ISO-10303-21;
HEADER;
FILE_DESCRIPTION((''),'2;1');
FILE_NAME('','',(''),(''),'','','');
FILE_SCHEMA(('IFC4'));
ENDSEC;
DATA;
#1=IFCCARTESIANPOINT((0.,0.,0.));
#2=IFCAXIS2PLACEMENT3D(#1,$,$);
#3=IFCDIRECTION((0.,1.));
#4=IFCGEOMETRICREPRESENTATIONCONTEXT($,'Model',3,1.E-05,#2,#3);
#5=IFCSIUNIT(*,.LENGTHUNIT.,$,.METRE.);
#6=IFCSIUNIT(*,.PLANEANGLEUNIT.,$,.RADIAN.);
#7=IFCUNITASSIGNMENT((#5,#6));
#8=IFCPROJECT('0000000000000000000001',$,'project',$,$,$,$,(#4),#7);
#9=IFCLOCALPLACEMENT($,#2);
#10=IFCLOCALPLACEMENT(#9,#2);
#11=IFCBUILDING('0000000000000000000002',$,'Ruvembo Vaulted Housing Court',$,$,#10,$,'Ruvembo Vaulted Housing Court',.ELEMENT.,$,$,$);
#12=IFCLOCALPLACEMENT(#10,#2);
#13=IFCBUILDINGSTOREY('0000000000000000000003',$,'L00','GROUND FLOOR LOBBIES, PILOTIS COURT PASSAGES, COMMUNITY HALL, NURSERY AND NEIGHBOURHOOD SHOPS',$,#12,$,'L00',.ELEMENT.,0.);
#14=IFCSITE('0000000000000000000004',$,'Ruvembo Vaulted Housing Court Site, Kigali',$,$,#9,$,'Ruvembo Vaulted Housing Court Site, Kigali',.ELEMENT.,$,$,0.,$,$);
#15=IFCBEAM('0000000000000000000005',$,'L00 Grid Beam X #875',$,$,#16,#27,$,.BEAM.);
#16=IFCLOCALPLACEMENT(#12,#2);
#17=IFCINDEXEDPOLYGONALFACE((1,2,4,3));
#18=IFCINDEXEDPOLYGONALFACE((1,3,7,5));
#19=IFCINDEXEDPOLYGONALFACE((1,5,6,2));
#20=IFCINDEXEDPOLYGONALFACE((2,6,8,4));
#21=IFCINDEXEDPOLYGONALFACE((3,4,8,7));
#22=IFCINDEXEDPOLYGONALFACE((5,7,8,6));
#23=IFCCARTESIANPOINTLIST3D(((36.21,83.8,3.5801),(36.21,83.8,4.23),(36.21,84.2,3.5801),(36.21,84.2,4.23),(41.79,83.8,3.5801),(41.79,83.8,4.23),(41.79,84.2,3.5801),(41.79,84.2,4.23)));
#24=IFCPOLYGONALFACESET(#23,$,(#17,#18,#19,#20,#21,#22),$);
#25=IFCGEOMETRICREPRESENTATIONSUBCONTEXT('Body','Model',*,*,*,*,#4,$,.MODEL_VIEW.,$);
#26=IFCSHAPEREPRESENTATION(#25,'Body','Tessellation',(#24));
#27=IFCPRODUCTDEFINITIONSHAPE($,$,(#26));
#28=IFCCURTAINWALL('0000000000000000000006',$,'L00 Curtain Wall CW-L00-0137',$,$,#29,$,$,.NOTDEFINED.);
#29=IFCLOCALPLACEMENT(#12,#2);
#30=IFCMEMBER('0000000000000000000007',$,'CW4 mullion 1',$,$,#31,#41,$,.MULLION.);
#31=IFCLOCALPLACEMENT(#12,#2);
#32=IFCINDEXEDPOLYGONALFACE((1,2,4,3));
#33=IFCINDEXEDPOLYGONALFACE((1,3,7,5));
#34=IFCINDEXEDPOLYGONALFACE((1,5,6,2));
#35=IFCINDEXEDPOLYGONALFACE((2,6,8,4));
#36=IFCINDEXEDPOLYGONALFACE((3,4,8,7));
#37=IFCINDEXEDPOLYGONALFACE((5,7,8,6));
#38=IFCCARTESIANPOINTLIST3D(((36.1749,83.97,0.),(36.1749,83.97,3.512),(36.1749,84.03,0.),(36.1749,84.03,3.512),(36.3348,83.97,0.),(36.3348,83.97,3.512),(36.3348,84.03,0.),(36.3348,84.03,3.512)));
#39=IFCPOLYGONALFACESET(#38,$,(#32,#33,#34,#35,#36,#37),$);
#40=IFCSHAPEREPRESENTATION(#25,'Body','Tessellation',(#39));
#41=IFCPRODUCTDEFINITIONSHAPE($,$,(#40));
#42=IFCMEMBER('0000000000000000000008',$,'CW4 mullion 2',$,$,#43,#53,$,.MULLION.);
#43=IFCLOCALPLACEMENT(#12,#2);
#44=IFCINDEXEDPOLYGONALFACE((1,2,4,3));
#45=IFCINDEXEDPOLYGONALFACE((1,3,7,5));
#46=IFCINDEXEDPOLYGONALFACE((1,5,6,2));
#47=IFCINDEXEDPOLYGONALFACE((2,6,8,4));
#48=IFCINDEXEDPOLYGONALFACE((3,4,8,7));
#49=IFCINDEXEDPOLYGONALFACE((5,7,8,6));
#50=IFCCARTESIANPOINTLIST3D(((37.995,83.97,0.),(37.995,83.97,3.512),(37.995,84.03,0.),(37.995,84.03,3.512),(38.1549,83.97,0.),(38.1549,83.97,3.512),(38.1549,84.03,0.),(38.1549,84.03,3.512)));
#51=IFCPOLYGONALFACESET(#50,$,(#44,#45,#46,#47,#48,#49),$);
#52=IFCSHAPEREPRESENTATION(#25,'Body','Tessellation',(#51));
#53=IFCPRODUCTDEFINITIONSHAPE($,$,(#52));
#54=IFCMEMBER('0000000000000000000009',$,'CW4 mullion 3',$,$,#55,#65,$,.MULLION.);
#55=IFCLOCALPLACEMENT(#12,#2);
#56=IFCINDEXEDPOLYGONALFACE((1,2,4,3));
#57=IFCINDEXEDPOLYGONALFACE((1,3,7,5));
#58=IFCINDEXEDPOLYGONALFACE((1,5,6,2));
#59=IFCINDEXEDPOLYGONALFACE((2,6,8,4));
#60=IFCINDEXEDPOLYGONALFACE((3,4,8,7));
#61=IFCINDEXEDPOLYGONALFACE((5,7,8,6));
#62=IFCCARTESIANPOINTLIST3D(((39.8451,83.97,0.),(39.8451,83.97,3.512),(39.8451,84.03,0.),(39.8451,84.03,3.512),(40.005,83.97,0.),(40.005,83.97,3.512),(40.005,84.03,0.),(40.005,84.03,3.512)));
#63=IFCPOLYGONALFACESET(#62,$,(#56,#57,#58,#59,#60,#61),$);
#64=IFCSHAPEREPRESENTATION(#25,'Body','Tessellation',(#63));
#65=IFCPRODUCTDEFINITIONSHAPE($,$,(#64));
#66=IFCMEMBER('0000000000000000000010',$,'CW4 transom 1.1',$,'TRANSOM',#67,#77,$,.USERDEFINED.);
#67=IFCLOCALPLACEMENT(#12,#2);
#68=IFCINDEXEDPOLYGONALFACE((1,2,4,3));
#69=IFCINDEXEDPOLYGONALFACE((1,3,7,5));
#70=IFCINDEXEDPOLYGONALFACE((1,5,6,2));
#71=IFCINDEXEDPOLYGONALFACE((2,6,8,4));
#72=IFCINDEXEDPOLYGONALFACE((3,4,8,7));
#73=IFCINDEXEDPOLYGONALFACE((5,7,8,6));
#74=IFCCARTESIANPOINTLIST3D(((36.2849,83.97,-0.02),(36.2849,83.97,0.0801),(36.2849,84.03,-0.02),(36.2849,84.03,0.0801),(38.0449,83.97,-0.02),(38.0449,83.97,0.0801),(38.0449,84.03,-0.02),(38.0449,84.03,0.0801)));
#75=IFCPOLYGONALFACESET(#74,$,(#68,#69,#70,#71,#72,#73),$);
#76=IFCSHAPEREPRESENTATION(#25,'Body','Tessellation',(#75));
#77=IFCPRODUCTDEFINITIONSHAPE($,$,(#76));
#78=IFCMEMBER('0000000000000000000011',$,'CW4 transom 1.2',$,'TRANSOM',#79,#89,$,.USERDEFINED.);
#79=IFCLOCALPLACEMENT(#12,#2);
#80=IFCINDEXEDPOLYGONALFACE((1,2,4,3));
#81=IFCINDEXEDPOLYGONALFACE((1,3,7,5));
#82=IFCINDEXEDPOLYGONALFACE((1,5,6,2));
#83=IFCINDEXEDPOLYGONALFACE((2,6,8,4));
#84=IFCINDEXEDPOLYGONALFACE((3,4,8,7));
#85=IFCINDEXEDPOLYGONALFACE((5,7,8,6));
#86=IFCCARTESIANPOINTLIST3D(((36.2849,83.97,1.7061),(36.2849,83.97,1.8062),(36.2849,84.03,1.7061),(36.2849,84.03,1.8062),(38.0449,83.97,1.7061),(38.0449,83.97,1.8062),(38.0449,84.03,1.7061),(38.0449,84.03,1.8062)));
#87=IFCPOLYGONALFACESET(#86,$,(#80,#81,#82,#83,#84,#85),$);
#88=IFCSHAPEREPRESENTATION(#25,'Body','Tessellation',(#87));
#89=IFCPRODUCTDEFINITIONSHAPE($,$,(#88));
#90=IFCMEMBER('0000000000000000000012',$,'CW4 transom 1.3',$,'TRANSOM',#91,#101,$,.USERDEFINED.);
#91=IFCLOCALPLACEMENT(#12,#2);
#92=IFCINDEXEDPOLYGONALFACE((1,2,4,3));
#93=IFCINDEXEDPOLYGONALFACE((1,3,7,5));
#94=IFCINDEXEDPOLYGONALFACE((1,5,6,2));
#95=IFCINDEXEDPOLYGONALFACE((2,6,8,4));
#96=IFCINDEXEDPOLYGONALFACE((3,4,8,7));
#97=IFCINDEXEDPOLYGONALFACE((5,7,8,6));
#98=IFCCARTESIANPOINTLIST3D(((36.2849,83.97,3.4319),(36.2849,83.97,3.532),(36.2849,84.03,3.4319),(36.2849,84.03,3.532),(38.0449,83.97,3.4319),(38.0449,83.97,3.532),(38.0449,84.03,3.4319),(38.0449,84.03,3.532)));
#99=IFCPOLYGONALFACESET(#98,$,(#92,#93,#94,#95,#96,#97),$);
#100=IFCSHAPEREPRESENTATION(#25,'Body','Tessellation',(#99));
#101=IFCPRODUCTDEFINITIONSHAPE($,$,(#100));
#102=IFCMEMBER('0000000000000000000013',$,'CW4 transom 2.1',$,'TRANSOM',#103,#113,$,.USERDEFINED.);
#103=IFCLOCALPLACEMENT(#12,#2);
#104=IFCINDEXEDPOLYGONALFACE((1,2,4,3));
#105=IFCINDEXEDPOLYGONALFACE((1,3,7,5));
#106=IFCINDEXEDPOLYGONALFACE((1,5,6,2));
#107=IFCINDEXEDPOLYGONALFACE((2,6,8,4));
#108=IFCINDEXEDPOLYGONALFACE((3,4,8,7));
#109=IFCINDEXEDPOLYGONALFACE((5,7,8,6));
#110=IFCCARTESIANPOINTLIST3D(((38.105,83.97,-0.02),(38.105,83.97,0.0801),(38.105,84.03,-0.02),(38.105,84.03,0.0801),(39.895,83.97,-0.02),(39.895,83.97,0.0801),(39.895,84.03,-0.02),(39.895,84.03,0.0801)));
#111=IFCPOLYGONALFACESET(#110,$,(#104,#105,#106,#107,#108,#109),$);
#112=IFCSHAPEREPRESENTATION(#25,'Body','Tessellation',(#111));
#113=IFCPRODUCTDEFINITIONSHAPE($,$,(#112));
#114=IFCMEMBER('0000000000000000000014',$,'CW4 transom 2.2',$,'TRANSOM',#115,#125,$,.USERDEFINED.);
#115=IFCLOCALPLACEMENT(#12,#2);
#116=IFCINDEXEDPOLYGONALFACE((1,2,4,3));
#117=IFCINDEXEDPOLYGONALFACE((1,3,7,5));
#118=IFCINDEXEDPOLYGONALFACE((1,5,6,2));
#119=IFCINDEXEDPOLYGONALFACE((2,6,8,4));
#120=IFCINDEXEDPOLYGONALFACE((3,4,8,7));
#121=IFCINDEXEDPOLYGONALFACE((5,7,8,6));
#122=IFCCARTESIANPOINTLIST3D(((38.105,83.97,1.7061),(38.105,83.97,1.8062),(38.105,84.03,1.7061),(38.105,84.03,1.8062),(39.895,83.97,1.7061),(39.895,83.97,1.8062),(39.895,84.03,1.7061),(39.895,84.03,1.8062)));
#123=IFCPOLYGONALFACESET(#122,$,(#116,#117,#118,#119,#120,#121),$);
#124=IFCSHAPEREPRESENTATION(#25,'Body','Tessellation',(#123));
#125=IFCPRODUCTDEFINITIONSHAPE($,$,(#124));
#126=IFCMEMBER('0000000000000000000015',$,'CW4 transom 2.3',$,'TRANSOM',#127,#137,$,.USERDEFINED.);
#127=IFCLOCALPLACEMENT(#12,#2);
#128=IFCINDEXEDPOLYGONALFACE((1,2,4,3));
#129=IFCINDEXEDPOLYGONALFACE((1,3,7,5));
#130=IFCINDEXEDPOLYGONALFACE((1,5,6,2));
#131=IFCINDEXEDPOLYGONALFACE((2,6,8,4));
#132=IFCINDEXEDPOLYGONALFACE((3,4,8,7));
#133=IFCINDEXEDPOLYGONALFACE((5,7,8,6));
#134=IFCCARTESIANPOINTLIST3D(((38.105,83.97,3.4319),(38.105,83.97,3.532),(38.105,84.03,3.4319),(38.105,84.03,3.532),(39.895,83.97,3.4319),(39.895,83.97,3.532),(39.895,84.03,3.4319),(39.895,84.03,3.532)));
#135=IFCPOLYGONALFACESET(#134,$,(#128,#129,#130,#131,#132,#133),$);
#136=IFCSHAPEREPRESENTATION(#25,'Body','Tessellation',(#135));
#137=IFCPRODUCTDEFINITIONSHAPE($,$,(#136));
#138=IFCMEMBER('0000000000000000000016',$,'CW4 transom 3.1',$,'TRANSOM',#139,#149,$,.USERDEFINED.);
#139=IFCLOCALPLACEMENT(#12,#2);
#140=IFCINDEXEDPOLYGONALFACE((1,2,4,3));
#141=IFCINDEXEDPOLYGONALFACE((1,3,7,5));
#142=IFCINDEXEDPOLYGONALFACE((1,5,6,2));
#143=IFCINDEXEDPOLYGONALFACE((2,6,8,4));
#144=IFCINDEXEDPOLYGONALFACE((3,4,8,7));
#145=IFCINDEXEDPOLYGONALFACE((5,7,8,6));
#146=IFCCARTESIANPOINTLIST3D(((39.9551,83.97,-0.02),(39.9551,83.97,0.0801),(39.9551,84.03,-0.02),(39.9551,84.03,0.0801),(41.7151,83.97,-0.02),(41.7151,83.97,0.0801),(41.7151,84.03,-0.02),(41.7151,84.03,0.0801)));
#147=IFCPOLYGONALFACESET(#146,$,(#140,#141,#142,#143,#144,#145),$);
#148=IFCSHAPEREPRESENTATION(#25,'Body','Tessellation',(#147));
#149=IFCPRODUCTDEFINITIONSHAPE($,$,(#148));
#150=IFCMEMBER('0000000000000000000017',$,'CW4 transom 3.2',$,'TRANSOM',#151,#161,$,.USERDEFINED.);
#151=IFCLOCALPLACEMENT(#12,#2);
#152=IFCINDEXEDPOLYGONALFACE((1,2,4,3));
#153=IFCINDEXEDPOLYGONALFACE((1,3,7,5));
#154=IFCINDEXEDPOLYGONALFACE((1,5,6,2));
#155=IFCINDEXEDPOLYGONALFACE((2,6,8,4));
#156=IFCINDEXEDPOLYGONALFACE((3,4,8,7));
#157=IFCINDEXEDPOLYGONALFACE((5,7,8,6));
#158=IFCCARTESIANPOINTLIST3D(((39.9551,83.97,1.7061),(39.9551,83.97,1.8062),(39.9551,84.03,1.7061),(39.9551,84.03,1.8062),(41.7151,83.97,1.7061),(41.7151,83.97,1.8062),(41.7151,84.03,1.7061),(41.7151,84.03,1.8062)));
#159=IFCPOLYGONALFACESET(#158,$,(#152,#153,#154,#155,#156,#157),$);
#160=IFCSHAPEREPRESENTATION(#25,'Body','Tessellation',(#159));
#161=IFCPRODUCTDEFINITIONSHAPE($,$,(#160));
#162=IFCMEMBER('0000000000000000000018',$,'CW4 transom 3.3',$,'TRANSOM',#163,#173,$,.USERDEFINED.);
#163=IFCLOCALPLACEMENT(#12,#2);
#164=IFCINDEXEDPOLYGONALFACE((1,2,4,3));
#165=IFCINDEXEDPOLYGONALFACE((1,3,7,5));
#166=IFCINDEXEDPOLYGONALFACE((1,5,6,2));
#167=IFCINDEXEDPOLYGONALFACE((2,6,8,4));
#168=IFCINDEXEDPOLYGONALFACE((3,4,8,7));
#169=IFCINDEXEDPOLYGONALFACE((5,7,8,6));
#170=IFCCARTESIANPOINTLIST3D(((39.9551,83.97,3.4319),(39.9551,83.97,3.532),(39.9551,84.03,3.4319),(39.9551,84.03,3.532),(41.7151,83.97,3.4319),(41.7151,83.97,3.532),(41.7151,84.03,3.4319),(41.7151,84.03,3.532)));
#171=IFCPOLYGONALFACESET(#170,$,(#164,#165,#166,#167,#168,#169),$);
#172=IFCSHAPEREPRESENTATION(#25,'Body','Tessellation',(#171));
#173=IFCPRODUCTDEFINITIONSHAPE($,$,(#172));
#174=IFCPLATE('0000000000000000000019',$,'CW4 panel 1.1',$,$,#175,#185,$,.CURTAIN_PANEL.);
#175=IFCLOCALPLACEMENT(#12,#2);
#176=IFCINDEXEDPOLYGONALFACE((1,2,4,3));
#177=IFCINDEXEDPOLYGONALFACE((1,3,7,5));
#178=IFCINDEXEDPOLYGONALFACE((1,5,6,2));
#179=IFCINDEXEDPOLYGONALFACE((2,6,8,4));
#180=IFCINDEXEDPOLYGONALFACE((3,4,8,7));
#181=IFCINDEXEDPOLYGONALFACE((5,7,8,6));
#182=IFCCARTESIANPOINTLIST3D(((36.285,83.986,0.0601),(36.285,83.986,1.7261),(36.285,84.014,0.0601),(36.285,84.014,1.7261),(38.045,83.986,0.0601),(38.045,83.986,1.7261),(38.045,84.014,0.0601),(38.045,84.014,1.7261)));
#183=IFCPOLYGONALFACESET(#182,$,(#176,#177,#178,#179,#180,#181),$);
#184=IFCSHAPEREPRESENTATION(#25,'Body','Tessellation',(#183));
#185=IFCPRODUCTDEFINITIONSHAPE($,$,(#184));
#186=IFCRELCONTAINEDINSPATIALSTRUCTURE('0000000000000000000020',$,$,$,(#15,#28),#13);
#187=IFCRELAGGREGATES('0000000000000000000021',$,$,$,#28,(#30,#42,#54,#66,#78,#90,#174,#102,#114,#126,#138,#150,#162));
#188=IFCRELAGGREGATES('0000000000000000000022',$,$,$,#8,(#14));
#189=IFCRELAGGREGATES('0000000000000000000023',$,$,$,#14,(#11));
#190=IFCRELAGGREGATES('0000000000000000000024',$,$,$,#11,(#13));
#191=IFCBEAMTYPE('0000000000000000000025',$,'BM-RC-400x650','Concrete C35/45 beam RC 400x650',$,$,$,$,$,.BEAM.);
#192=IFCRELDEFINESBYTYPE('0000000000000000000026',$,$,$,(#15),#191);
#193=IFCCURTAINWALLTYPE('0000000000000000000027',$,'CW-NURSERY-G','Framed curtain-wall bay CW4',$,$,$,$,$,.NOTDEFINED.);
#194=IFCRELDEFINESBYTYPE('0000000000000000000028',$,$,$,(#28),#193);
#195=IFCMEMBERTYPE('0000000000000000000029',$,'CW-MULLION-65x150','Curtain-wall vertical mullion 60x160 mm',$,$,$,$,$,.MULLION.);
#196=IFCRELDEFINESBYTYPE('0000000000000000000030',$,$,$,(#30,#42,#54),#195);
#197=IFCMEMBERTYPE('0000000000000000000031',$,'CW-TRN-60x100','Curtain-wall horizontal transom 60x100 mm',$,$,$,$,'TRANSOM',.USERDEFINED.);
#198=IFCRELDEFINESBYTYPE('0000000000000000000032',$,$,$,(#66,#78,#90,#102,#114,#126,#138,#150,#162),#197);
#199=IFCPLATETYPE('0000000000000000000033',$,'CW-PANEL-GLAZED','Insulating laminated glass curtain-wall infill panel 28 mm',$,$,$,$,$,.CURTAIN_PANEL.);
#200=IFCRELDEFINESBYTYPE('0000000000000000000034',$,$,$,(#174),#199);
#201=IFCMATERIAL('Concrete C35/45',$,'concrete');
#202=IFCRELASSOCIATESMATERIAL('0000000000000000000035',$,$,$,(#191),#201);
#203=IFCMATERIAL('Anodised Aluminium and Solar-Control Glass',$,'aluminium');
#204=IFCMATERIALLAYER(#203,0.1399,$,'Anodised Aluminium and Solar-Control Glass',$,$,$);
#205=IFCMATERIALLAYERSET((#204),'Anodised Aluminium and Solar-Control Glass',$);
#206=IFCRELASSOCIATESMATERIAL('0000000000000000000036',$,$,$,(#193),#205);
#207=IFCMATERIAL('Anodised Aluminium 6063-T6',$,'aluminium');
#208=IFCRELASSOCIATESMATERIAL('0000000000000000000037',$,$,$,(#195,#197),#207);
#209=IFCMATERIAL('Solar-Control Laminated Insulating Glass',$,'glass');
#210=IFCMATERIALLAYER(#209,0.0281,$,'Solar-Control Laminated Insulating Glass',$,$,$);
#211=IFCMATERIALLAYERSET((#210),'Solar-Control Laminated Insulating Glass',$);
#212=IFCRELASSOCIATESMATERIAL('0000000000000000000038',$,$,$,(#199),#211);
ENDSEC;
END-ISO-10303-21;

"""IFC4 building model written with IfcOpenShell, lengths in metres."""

from ifc_helpers import new_model, si_unit, direction, frame, origin, origin_2d, place, context, subcontext, project, spatial, rectangle, extrude, material, layer, layer_set, material_profile, profile_set, type_object, element, aggregate, save


model = new_model("IFC4")

# Units and contexts
model_context = context("Model", 3, precision=1e-05, world=origin(), true_north=direction((0.0, 1.0)))
body_context = subcontext(model_context, "Body", "Model", "MODEL_VIEW")
ifc_project = project(units=[si_unit("LENGTHUNIT", "METRE"), si_unit("PLANEANGLEUNIT", "RADIAN")], contexts=[model_context])

# Site, building, storey
site_placement = place(None, origin())
site = spatial("IfcSite", under=ifc_project, at=site_placement, Name="Ruvembo Vaulted Housing Court Site, Kigali", LongName="Ruvembo Vaulted Housing Court Site, Kigali", CompositionType="ELEMENT", RefElevation=0.0)
building_placement = place(site_placement, origin())
building = spatial("IfcBuilding", under=site, at=building_placement, Name="Ruvembo Vaulted Housing Court", LongName="Ruvembo Vaulted Housing Court", CompositionType="ELEMENT")
storey_placement = place(building_placement, origin())
storey = spatial("IfcBuildingStorey", under=building, at=storey_placement, Name="L00", Description="GROUND FLOOR LOBBIES, PILOTIS COURT PASSAGES, COMMUNITY HALL, NURSERY AND NEIGHBOURHOOD SHOPS", LongName="L00", CompositionType="ELEMENT", Elevation=0.0)

# Beam
ifc_material_1 = material(Name="Concrete C35/45", Category="concrete")
ifc_material_profile_1 = material_profile(ifc_material_1, rectangle(XDim=0.3999, YDim=0.6499, at=origin_2d()), Name="RC 400x650")
ifc_profile_set_1 = profile_set([ifc_material_profile_1], Name="Concrete C35/45")
beam_type = type_object("IfcBeamType", Name="BM-RC-400x650", Description="Concrete C35/45 beam RC 400x650", PredefinedType="BEAM", material=ifc_profile_set_1)
beam_placement = place(storey_placement, frame((36.21, 84.0, 3.905), z_axis=(1.0, 0.0, 0.0), x_axis=(0.0, 1.0, 0.0)))
element("IfcBeam", 1, at=beam_placement, inside=storey, type_object=beam_type, Name="L00 Grid Beam X #875", PredefinedType="BEAM", context=body_context, shape_type="SweptSolid", body=[
    extrude(rectangle(XDim=0.3999, YDim=0.6499, at=origin_2d()), origin(), (0.0, 0.0, 1.0), 5.5801),
])

# Curtain wall, members, plate
ifc_material_2 = material(Name="Anodised Aluminium and Solar-Control Glass", Category="aluminium")
ifc_layer_1 = layer(ifc_material_2, 0.1399, Name="Anodised Aluminium and Solar-Control Glass")
ifc_layer_set_1 = layer_set([ifc_layer_1], Name="Anodised Aluminium and Solar-Control Glass")
curtain_wall_type = type_object("IfcCurtainWallType", Name="CW-NURSERY-G", Description="Framed curtain-wall bay CW4", PredefinedType="NOTDEFINED", material=ifc_layer_set_1)
curtain_wall_placement = place(storey_placement, origin())
curtain_wall = element("IfcCurtainWall", 2, at=curtain_wall_placement, inside=storey, type_object=curtain_wall_type, Name="L00 Curtain Wall CW-L00-0137", PredefinedType="NOTDEFINED")
ifc_material_3 = material(Name="Anodised Aluminium 6063-T6", Category="aluminium")
ifc_material_profile_2 = material_profile(ifc_material_3, rectangle(XDim=0.0601, YDim=0.1599, at=origin_2d()), Name="ALU 60x160")
ifc_profile_set_2 = profile_set([ifc_material_profile_2], Name="Anodised Aluminium 6063-T6")
member_type_1 = type_object("IfcMemberType", Name="CW-MULLION-65x150", Description="Curtain-wall vertical mullion 60x160 mm", PredefinedType="MULLION", material=ifc_profile_set_2)
member_1_placement = place(storey_placement, frame((36.2549, 84.0, 0.0), z_axis=(0.0, 0.0, 1.0), x_axis=(0.0, 1.0, 0.0)))
member_1 = element("IfcMember", 3, at=member_1_placement, type_object=member_type_1, Name="CW4 mullion 1", PredefinedType="MULLION", context=body_context, shape_type="SweptSolid", body=[
    extrude(rectangle(XDim=0.0601, YDim=0.1599, at=origin_2d()), origin(), (0.0, 0.0, 1.0), 3.512),
])
member_2_placement = place(storey_placement, frame((38.075, 84.0, 0.0), z_axis=(0.0, 0.0, 1.0), x_axis=(0.0, 1.0, 0.0)))
member_2 = element("IfcMember", 4, at=member_2_placement, type_object=member_type_1, Name="CW4 mullion 2", PredefinedType="MULLION", context=body_context, shape_type="SweptSolid", body=[
    extrude(rectangle(XDim=0.0601, YDim=0.1599, at=origin_2d()), origin(), (0.0, 0.0, 1.0), 3.512),
])
member_3_placement = place(storey_placement, frame((39.925, 84.0, 0.0), z_axis=(0.0, 0.0, 1.0), x_axis=(0.0, 1.0, 0.0)))
member_3 = element("IfcMember", 5, at=member_3_placement, type_object=member_type_1, Name="CW4 mullion 3", PredefinedType="MULLION", context=body_context, shape_type="SweptSolid", body=[
    extrude(rectangle(XDim=0.0601, YDim=0.1599, at=origin_2d()), origin(), (0.0, 0.0, 1.0), 3.512),
])
ifc_material_profile_3 = material_profile(ifc_material_3, rectangle(XDim=0.0601, YDim=0.1001, at=origin_2d()), Name="ALU 60x100")
ifc_profile_set_3 = profile_set([ifc_material_profile_3], Name="Anodised Aluminium 6063-T6")
member_type_2 = type_object("IfcMemberType", Name="CW-TRN-60x100", Description="Curtain-wall horizontal transom 60x100 mm", ElementType="TRANSOM", PredefinedType="USERDEFINED", material=ifc_profile_set_3)
member_4_placement = place(storey_placement, frame((36.2849, 84.0, 0.03), z_axis=(1.0, 0.0, 0.0), x_axis=(0.0, 1.0, 0.0)))
member_4 = element("IfcMember", 6, at=member_4_placement, type_object=member_type_2, Name="CW4 transom 1.1", ObjectType="TRANSOM", PredefinedType="USERDEFINED", context=body_context, shape_type="SweptSolid", body=[
    extrude(rectangle(XDim=0.0601, YDim=0.1001, at=origin_2d()), origin(), (0.0, 0.0, 1.0), 1.76),
])
member_5_placement = place(storey_placement, frame((36.2849, 84.0, 1.7561), z_axis=(1.0, 0.0, 0.0), x_axis=(0.0, 1.0, 0.0)))
member_5 = element("IfcMember", 7, at=member_5_placement, type_object=member_type_2, Name="CW4 transom 1.2", ObjectType="TRANSOM", PredefinedType="USERDEFINED", context=body_context, shape_type="SweptSolid", body=[
    extrude(rectangle(XDim=0.0601, YDim=0.1001, at=origin_2d()), origin(), (0.0, 0.0, 1.0), 1.76),
])
member_6_placement = place(storey_placement, frame((36.2849, 84.0, 3.4819), z_axis=(1.0, 0.0, 0.0), x_axis=(0.0, 1.0, 0.0)))
member_6 = element("IfcMember", 8, at=member_6_placement, type_object=member_type_2, Name="CW4 transom 1.3", ObjectType="TRANSOM", PredefinedType="USERDEFINED", context=body_context, shape_type="SweptSolid", body=[
    extrude(rectangle(XDim=0.0601, YDim=0.1001, at=origin_2d()), origin(), (0.0, 0.0, 1.0), 1.76),
])
member_7_placement = place(storey_placement, frame((38.105, 84.0, 0.03), z_axis=(1.0, 0.0, 0.0), x_axis=(0.0, 1.0, 0.0)))
member_7 = element("IfcMember", 9, at=member_7_placement, type_object=member_type_2, Name="CW4 transom 2.1", ObjectType="TRANSOM", PredefinedType="USERDEFINED", context=body_context, shape_type="SweptSolid", body=[
    extrude(rectangle(XDim=0.0601, YDim=0.1001, at=origin_2d()), origin(), (0.0, 0.0, 1.0), 1.79),
])
member_8_placement = place(storey_placement, frame((38.105, 84.0, 1.7561), z_axis=(1.0, 0.0, 0.0), x_axis=(0.0, 1.0, 0.0)))
member_8 = element("IfcMember", 10, at=member_8_placement, type_object=member_type_2, Name="CW4 transom 2.2", ObjectType="TRANSOM", PredefinedType="USERDEFINED", context=body_context, shape_type="SweptSolid", body=[
    extrude(rectangle(XDim=0.0601, YDim=0.1001, at=origin_2d()), origin(), (0.0, 0.0, 1.0), 1.79),
])
member_9_placement = place(storey_placement, frame((38.105, 84.0, 3.4819), z_axis=(1.0, 0.0, 0.0), x_axis=(0.0, 1.0, 0.0)))
member_9 = element("IfcMember", 11, at=member_9_placement, type_object=member_type_2, Name="CW4 transom 2.3", ObjectType="TRANSOM", PredefinedType="USERDEFINED", context=body_context, shape_type="SweptSolid", body=[
    extrude(rectangle(XDim=0.0601, YDim=0.1001, at=origin_2d()), origin(), (0.0, 0.0, 1.0), 1.79),
])
member_10_placement = place(storey_placement, frame((39.9551, 84.0, 0.03), z_axis=(1.0, 0.0, 0.0), x_axis=(0.0, 1.0, 0.0)))
member_10 = element("IfcMember", 12, at=member_10_placement, type_object=member_type_2, Name="CW4 transom 3.1", ObjectType="TRANSOM", PredefinedType="USERDEFINED", context=body_context, shape_type="SweptSolid", body=[
    extrude(rectangle(XDim=0.0601, YDim=0.1001, at=origin_2d()), origin(), (0.0, 0.0, 1.0), 1.76),
])
member_11_placement = place(storey_placement, frame((39.9551, 84.0, 1.7561), z_axis=(1.0, 0.0, 0.0), x_axis=(0.0, 1.0, 0.0)))
member_11 = element("IfcMember", 13, at=member_11_placement, type_object=member_type_2, Name="CW4 transom 3.2", ObjectType="TRANSOM", PredefinedType="USERDEFINED", context=body_context, shape_type="SweptSolid", body=[
    extrude(rectangle(XDim=0.0601, YDim=0.1001, at=origin_2d()), origin(), (0.0, 0.0, 1.0), 1.76),
])
member_12_placement = place(storey_placement, frame((39.9551, 84.0, 3.4819), z_axis=(1.0, 0.0, 0.0), x_axis=(0.0, 1.0, 0.0)))
member_12 = element("IfcMember", 14, at=member_12_placement, type_object=member_type_2, Name="CW4 transom 3.3", ObjectType="TRANSOM", PredefinedType="USERDEFINED", context=body_context, shape_type="SweptSolid", body=[
    extrude(rectangle(XDim=0.0601, YDim=0.1001, at=origin_2d()), origin(), (0.0, 0.0, 1.0), 1.76),
])
ifc_material_4 = material(Name="Solar-Control Laminated Insulating Glass", Category="glass")
ifc_layer_2 = layer(ifc_material_4, 0.0281, Name="Solar-Control Laminated Insulating Glass")
ifc_layer_set_2 = layer_set([ifc_layer_2], Name="Solar-Control Laminated Insulating Glass")
plate_type = type_object("IfcPlateType", Name="CW-PANEL-GLAZED", Description="Insulating laminated glass curtain-wall infill panel 28 mm", PredefinedType="CURTAIN_PANEL", material=ifc_layer_set_2)
plate_1_placement = place(storey_placement, frame((37.165, 84.0, 0.0601), z_axis=(0.0, 0.0, 1.0), x_axis=(1.0, 0.0, 0.0)))
plate_1 = element("IfcPlate", 15, at=plate_1_placement, type_object=plate_type, Name="CW4 panel 1.1", PredefinedType="CURTAIN_PANEL", context=body_context, shape_type="SweptSolid", body=[
    extrude(rectangle(XDim=1.76, YDim=0.0281, at=origin_2d()), origin(), (0.0, 0.0, 1.0), 1.666),
])
aggregate(curtain_wall, [member_1, member_2, member_3, member_4, member_5, member_6, plate_1, member_7, member_8, member_9, member_10, member_11, member_12])

save(model, "model.ifc")
